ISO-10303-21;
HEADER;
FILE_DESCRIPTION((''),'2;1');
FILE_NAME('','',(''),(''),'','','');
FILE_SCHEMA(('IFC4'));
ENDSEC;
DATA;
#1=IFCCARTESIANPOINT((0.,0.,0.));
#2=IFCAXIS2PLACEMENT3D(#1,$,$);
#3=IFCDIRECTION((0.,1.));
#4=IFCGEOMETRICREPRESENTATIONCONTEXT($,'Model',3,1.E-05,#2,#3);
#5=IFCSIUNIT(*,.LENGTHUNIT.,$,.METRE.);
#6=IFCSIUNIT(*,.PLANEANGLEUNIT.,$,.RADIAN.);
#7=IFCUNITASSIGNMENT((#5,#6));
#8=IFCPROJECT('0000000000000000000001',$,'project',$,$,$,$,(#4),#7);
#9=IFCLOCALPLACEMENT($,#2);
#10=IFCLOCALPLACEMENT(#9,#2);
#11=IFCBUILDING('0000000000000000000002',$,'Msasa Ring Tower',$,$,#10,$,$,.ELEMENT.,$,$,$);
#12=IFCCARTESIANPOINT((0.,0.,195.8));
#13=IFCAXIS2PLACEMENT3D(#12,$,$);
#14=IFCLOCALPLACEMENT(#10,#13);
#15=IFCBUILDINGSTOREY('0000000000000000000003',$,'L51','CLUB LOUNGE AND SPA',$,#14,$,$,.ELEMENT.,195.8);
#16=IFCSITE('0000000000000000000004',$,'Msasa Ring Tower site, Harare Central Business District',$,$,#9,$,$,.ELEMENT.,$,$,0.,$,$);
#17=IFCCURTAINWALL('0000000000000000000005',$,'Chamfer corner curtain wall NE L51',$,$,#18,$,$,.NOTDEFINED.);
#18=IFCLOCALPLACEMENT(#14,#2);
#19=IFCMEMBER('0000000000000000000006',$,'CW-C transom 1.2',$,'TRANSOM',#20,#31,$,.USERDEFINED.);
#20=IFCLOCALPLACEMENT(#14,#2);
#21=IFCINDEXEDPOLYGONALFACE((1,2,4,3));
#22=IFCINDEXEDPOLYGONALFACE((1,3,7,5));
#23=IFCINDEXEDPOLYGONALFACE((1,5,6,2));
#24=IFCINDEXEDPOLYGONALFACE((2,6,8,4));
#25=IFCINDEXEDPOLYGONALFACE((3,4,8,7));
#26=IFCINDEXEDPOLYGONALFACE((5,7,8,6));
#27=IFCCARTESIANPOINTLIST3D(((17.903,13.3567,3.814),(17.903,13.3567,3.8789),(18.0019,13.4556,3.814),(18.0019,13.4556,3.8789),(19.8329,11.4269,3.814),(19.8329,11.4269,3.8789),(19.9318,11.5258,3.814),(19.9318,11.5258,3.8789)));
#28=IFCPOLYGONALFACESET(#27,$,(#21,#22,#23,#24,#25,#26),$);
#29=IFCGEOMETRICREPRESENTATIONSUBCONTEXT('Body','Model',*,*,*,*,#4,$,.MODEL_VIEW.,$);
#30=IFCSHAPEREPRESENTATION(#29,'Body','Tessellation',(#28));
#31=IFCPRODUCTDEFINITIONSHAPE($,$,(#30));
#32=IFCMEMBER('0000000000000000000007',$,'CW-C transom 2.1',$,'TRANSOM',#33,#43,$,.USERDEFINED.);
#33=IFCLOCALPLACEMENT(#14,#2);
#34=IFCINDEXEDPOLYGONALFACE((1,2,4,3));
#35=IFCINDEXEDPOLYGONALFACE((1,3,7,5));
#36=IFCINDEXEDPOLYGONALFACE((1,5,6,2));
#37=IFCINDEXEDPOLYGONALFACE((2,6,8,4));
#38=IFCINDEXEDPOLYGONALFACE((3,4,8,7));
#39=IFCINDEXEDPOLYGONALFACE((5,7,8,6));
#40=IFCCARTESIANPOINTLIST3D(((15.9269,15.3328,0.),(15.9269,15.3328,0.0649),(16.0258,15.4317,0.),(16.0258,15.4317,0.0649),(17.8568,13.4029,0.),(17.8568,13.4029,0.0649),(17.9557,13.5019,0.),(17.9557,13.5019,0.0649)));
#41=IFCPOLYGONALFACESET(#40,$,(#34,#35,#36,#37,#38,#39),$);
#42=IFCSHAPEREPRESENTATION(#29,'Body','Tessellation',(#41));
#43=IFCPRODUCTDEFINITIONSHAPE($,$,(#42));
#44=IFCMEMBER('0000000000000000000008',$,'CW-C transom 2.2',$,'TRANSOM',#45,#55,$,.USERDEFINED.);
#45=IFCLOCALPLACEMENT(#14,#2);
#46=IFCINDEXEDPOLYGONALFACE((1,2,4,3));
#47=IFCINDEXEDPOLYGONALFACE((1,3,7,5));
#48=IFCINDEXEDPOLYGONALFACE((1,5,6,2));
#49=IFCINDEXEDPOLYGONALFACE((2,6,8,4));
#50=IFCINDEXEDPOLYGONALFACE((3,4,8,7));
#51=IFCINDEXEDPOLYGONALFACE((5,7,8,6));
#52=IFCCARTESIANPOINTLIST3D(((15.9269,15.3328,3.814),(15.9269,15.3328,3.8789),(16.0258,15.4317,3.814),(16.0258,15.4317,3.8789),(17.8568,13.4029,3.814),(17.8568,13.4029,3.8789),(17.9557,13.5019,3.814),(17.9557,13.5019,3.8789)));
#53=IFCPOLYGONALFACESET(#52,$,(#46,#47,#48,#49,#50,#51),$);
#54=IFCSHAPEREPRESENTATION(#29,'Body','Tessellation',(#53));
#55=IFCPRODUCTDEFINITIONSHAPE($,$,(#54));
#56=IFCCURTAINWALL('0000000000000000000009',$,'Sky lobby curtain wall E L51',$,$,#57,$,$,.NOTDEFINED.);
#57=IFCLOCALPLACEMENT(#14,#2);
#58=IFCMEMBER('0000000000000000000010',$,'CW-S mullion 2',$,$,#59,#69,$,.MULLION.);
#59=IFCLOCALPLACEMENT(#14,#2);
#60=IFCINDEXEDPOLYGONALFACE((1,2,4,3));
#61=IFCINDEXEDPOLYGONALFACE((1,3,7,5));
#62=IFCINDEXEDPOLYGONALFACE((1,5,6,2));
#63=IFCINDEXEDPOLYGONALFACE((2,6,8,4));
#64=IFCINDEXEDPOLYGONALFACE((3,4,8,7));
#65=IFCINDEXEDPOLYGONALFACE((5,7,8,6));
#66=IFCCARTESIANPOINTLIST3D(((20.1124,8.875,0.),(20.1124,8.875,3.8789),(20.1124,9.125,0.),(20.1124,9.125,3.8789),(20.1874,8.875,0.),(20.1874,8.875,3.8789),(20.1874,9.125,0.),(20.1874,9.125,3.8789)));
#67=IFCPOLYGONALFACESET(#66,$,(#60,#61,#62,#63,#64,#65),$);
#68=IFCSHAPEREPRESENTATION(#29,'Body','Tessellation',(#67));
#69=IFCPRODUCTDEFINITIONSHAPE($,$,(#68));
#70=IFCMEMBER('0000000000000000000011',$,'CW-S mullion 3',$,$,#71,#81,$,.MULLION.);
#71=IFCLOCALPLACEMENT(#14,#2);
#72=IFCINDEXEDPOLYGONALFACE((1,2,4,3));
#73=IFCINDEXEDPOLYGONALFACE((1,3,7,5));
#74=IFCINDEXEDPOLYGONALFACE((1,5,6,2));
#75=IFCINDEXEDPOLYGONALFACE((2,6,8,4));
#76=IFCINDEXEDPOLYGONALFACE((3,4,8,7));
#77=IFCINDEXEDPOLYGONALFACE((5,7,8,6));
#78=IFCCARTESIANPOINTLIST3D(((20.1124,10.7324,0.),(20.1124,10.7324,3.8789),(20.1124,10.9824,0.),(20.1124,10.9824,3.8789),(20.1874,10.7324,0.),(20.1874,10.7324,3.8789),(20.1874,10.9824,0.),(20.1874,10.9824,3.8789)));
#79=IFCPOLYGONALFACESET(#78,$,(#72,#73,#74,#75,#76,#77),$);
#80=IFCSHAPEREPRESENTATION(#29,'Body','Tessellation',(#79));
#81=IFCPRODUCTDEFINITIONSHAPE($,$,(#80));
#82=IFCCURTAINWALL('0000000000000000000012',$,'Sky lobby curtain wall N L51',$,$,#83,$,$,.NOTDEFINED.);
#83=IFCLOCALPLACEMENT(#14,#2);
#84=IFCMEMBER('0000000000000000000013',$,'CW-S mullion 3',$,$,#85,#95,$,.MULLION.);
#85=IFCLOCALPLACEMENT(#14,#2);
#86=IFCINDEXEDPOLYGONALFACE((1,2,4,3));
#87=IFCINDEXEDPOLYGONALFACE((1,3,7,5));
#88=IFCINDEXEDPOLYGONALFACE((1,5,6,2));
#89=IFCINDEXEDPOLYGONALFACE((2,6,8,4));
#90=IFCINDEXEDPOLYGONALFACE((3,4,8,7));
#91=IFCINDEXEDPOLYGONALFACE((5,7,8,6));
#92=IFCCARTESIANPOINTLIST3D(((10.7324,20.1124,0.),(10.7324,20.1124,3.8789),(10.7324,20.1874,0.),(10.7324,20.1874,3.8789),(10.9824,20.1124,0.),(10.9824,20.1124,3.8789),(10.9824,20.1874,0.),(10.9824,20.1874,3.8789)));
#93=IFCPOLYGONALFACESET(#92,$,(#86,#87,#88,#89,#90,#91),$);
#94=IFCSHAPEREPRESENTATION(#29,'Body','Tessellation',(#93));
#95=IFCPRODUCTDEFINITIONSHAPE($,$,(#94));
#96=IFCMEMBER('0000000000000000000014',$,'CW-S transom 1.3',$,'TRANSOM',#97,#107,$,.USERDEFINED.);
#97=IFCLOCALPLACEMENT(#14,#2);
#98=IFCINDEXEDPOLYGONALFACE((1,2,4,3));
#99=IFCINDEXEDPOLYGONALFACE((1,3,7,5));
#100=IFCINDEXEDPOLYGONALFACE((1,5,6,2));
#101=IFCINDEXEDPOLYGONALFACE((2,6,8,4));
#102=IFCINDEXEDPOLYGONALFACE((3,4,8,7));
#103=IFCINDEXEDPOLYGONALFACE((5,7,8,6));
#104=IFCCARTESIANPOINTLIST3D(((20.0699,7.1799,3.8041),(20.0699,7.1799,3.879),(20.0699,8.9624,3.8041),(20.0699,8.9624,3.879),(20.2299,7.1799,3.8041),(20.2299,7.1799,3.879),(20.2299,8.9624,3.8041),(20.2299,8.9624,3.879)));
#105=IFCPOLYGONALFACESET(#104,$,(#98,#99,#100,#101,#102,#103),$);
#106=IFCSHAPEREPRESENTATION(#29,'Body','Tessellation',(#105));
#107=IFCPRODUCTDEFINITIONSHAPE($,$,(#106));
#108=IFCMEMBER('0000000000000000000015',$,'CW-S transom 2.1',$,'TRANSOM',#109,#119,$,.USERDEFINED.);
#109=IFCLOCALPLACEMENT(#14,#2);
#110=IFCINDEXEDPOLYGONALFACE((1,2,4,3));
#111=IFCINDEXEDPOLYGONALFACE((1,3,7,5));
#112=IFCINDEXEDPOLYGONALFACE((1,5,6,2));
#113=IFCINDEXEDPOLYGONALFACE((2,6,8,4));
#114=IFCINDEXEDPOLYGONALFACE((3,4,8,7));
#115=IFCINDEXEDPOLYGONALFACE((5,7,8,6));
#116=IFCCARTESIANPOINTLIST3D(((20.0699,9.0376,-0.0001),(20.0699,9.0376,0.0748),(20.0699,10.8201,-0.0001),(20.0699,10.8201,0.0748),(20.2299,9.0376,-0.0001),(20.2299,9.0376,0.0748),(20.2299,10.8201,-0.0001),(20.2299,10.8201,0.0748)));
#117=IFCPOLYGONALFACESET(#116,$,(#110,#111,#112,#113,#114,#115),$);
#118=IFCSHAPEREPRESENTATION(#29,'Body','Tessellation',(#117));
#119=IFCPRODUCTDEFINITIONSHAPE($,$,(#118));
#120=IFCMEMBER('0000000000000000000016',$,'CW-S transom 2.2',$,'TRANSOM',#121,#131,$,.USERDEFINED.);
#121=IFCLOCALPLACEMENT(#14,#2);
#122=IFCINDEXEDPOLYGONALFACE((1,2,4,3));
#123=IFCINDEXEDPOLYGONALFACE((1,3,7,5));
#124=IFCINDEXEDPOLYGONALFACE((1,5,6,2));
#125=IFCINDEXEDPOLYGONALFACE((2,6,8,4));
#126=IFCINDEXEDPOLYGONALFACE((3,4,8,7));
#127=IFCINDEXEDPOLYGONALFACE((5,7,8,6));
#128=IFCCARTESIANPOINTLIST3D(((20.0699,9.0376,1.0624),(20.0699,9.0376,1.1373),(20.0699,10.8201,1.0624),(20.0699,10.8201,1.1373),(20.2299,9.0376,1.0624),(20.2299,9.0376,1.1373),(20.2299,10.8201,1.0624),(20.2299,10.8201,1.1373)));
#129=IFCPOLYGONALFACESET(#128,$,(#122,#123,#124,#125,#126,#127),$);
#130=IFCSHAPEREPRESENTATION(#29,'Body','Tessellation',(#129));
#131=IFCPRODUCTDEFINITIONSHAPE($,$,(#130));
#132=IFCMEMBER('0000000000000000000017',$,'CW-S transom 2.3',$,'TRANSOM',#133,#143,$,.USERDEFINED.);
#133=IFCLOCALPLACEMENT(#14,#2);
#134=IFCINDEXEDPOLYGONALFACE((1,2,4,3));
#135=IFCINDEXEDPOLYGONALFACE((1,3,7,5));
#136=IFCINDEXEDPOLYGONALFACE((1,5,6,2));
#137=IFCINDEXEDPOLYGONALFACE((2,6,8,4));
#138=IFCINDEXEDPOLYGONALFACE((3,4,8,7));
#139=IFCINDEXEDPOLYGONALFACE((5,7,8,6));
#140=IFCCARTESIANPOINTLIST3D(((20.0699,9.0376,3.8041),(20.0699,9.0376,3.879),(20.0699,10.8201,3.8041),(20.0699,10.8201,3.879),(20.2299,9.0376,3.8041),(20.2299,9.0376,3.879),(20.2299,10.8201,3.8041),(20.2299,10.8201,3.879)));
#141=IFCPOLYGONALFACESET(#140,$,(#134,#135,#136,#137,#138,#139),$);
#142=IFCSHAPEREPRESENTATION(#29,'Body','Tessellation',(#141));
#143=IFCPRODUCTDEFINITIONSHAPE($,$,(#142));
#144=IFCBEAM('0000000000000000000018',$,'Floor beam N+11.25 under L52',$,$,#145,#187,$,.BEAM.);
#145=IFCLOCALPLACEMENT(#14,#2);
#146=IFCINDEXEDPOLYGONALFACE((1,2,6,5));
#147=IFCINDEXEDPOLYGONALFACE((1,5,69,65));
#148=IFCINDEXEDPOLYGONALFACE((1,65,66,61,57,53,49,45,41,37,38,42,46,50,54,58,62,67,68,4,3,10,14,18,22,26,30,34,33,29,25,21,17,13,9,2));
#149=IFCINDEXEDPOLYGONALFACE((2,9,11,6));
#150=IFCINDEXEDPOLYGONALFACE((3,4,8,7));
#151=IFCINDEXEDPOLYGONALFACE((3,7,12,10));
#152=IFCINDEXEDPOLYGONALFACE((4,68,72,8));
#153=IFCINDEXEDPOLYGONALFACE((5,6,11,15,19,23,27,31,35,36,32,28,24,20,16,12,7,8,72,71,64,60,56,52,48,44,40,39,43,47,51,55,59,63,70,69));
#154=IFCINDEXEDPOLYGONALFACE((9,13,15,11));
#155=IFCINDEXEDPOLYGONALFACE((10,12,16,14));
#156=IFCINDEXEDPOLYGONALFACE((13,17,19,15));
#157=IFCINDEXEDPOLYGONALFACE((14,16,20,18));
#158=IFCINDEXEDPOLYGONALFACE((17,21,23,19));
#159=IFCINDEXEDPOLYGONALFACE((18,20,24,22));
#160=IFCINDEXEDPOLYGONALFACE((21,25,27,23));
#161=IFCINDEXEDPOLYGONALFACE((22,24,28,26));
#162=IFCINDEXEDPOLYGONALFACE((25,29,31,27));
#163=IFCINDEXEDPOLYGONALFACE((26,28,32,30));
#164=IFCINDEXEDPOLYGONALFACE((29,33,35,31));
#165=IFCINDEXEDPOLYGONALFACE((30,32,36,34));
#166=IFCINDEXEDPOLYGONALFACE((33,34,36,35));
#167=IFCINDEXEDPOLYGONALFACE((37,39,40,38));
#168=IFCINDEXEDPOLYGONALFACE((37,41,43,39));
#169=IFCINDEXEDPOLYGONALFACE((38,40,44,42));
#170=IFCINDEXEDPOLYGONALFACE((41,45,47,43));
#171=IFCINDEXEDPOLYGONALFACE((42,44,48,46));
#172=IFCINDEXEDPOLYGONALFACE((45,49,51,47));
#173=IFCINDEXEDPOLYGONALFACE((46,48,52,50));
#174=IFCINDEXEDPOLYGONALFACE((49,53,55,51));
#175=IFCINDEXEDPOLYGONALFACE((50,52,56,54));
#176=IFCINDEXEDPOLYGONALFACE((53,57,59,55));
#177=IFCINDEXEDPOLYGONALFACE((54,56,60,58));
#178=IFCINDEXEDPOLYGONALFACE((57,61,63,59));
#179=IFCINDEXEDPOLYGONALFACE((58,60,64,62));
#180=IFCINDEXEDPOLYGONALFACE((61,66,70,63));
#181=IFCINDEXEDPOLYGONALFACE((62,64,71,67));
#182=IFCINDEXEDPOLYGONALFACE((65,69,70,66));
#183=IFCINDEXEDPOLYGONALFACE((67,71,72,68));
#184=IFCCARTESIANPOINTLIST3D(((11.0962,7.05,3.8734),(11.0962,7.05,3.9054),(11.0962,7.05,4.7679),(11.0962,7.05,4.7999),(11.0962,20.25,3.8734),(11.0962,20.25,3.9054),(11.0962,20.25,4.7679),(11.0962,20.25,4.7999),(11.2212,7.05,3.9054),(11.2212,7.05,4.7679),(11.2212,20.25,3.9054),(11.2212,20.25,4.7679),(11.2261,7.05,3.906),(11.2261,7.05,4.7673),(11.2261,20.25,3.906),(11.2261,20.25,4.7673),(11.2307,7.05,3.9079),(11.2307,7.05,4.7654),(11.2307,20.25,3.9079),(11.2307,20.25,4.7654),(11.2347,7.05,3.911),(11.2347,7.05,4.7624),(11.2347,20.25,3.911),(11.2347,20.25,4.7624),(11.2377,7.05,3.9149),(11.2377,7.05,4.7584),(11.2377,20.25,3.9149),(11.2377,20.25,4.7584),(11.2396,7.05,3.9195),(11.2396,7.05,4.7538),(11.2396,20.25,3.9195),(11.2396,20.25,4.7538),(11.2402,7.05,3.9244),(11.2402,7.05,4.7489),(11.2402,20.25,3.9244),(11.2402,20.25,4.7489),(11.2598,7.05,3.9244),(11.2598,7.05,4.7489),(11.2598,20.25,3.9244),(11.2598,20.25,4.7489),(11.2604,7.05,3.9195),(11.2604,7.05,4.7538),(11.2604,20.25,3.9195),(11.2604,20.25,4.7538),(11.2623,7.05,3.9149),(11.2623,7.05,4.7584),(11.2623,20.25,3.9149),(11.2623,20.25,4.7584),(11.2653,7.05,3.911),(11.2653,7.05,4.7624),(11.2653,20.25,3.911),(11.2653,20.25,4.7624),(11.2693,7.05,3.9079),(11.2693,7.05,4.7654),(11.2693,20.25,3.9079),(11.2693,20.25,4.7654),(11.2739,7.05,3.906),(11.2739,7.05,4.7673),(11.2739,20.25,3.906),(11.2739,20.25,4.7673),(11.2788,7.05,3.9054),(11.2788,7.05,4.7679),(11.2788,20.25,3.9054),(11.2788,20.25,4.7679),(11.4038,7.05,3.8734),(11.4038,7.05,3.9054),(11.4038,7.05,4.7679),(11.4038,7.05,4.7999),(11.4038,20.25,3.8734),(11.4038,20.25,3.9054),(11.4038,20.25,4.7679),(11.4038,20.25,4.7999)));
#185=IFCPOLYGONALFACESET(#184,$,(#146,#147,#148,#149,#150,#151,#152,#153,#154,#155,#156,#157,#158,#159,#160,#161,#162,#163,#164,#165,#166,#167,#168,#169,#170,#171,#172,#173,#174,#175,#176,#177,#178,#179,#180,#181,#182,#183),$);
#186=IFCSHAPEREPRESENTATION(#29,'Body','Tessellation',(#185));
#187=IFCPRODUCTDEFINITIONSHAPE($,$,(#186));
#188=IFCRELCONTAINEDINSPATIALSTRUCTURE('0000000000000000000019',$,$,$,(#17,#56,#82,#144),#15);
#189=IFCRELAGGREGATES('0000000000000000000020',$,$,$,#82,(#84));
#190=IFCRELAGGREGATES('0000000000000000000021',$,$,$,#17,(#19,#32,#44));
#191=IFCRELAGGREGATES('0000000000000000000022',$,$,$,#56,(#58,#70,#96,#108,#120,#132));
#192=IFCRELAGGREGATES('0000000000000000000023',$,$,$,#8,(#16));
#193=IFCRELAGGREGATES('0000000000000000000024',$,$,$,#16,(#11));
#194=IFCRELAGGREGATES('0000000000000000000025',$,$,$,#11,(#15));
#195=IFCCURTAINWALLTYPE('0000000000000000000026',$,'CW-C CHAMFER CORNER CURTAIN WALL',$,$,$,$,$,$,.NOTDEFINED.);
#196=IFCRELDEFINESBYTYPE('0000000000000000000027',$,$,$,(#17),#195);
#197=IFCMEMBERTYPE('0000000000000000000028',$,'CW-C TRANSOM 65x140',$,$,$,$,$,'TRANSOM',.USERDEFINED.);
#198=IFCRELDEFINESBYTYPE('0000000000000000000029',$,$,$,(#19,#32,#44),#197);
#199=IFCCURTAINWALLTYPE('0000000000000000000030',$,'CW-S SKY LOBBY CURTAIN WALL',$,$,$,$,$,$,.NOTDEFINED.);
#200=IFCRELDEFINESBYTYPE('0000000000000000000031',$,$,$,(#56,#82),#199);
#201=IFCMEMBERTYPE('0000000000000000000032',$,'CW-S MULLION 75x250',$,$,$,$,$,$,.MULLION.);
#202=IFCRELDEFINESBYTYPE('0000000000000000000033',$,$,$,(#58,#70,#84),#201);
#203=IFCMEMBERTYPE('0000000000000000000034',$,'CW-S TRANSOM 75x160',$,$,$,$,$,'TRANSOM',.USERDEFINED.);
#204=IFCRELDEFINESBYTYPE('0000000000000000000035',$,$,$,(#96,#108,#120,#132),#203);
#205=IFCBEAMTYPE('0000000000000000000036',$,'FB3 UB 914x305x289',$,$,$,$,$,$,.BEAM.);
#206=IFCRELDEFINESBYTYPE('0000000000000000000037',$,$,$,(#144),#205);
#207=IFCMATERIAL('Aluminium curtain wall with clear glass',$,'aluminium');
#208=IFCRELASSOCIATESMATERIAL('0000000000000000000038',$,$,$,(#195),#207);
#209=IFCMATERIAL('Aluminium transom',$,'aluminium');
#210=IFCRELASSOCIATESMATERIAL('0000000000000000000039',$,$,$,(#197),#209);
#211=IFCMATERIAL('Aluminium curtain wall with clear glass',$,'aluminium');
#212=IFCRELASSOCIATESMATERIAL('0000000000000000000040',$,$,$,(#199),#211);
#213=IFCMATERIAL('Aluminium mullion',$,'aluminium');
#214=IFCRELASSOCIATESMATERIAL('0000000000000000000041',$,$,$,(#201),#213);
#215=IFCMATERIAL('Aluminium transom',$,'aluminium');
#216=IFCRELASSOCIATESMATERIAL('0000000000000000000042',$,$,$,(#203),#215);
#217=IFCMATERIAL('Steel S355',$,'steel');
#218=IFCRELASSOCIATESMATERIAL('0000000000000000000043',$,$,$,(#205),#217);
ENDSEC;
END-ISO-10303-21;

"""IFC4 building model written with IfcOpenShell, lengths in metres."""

from ifc_helpers import new_model, si_unit, direction, frame, origin, origin_2d, place, context, subcontext, project, spatial, rectangle, i_section, extrude, material, material_profile, profile_set, type_object, element, aggregate, save


model = new_model("IFC4")

# Units and contexts
model_context = context("Model", 3, precision=1e-05, world=origin(), true_north=direction((0.0, 1.0)))
body_context = subcontext(model_context, "Body", "Model", "MODEL_VIEW")
ifc_project = project(units=[si_unit("LENGTHUNIT", "METRE"), si_unit("PLANEANGLEUNIT", "RADIAN")], contexts=[model_context])

# Site, building, storey
site_placement = place(None, origin())
site = spatial("IfcSite", under=ifc_project, at=site_placement, Name="Msasa Ring Tower site, Harare Central Business District", CompositionType="ELEMENT", RefElevation=0.0)
building_placement = place(site_placement, origin())
building = spatial("IfcBuilding", under=site, at=building_placement, Name="Msasa Ring Tower", CompositionType="ELEMENT")
storey_placement = place(building_placement, frame((0.0, 0.0, 195.8)))
storey = spatial("IfcBuildingStorey", under=building, at=storey_placement, Name="L51", Description="CLUB LOUNGE AND SPA", CompositionType="ELEMENT", Elevation=195.8)

# Curtain wall
ifc_material_1 = material(Name="Aluminium curtain wall with clear glass", Category="aluminium")
curtain_wall_type_1 = type_object("IfcCurtainWallType", Name="CW-C CHAMFER CORNER CURTAIN WALL", PredefinedType="NOTDEFINED", material=ifc_material_1)
curtain_wall_1_placement = place(storey_placement, origin())
curtain_wall_1 = element("IfcCurtainWall", 1, at=curtain_wall_1_placement, inside=storey, type_object=curtain_wall_type_1, Name="Chamfer corner curtain wall NE L51", PredefinedType="NOTDEFINED")

# Members
ifc_material_2 = material(Name="Aluminium transom", Category="aluminium")
ifc_material_profile_1 = material_profile(ifc_material_2, rectangle(XDim=0.1399, YDim=0.0649, at=origin_2d()), Name="AL 65x140")
ifc_profile_set_1 = profile_set([ifc_material_profile_1], Name="Aluminium transom")
member_type_1 = type_object("IfcMemberType", Name="CW-C TRANSOM 65x140", ElementType="TRANSOM", PredefinedType="USERDEFINED", material=ifc_profile_set_1)
member_1_placement = place(storey_placement, frame((19.8823, 11.4763, 3.8464), z_axis=(-0.707107, 0.707107, 0.0), x_axis=(-0.707107, -0.707107, 0.0)))
member_1 = element("IfcMember", 2, at=member_1_placement, type_object=member_type_1, Name="CW-C transom 1.2", ObjectType="TRANSOM", PredefinedType="USERDEFINED", context=body_context, shape_type="SweptSolid", body=[
    extrude(rectangle(XDim=0.1399, YDim=0.0649, at=origin_2d()), origin(), (0.0, 0.0, 1.0), 2.7292),
])
member_2_placement = place(storey_placement, frame((17.9062, 13.4524, 0.0325), z_axis=(-0.707107, 0.707107, 0.0), x_axis=(-0.707107, -0.707107, 0.0)))
member_2 = element("IfcMember", 3, at=member_2_placement, type_object=member_type_1, Name="CW-C transom 2.1", ObjectType="TRANSOM", PredefinedType="USERDEFINED", context=body_context, shape_type="SweptSolid", body=[
    extrude(rectangle(XDim=0.1399, YDim=0.0649, at=origin_2d()), origin(), (0.0, 0.0, 1.0), 2.7292),
])
member_3_placement = place(storey_placement, frame((17.9062, 13.4524, 3.8464), z_axis=(-0.707107, 0.707107, 0.0), x_axis=(-0.707107, -0.707107, 0.0)))
member_3 = element("IfcMember", 4, at=member_3_placement, type_object=member_type_1, Name="CW-C transom 2.2", ObjectType="TRANSOM", PredefinedType="USERDEFINED", context=body_context, shape_type="SweptSolid", body=[
    extrude(rectangle(XDim=0.1399, YDim=0.0649, at=origin_2d()), origin(), (0.0, 0.0, 1.0), 2.7292),
])

# Curtain wall, members
ifc_material_3 = material(Name="Aluminium curtain wall with clear glass", Category="aluminium")
curtain_wall_type_2 = type_object("IfcCurtainWallType", Name="CW-S SKY LOBBY CURTAIN WALL", PredefinedType="NOTDEFINED", material=ifc_material_3)
curtain_wall_2_placement = place(storey_placement, origin())
curtain_wall_2 = element("IfcCurtainWall", 5, at=curtain_wall_2_placement, inside=storey, type_object=curtain_wall_type_2, Name="Sky lobby curtain wall E L51", PredefinedType="NOTDEFINED")
ifc_material_4 = material(Name="Aluminium mullion", Category="aluminium")
ifc_material_profile_2 = material_profile(ifc_material_4, rectangle(XDim=0.075, YDim=0.25, at=origin_2d()), Name="AL 75x250")
ifc_profile_set_2 = profile_set([ifc_material_profile_2], Name="Aluminium mullion")
member_type_2 = type_object("IfcMemberType", Name="CW-S MULLION 75x250", PredefinedType="MULLION", material=ifc_profile_set_2)
member_4_placement = place(storey_placement, frame((20.1499, 9.0, 0.0), z_axis=(0.0, 0.0, 1.0), x_axis=(-1.0, 0.0, 0.0)))
member_4 = element("IfcMember", 6, at=member_4_placement, type_object=member_type_2, Name="CW-S mullion 2", PredefinedType="MULLION", context=body_context, shape_type="SweptSolid", body=[
    extrude(rectangle(XDim=0.075, YDim=0.25, at=origin_2d()), origin(), (0.0, 0.0, 1.0), 3.8789),
])
member_5_placement = place(storey_placement, frame((20.1499, 10.8574, 0.0), z_axis=(0.0, 0.0, 1.0), x_axis=(-1.0, 0.0, 0.0)))
member_5 = element("IfcMember", 7, at=member_5_placement, type_object=member_type_2, Name="CW-S mullion 3", PredefinedType="MULLION", context=body_context, shape_type="SweptSolid", body=[
    extrude(rectangle(XDim=0.075, YDim=0.25, at=origin_2d()), origin(), (0.0, 0.0, 1.0), 3.8789),
])

# Curtain wall, member
curtain_wall_3_placement = place(storey_placement, origin())
curtain_wall_3 = element("IfcCurtainWall", 8, at=curtain_wall_3_placement, inside=storey, type_object=curtain_wall_type_2, Name="Sky lobby curtain wall N L51", PredefinedType="NOTDEFINED")
member_6_placement = place(storey_placement, frame((10.8574, 20.1499, 0.0), z_axis=(0.0, 0.0, 1.0), x_axis=(0.0, 1.0, 0.0)))
member_6 = element("IfcMember", 9, at=member_6_placement, type_object=member_type_2, Name="CW-S mullion 3", PredefinedType="MULLION", context=body_context, shape_type="SweptSolid", body=[
    extrude(rectangle(XDim=0.075, YDim=0.25, at=origin_2d()), origin(), (0.0, 0.0, 1.0), 3.8789),
])
aggregate(curtain_wall_3, [member_6])

# Members
ifc_material_5 = material(Name="Aluminium transom", Category="aluminium")
ifc_material_profile_3 = material_profile(ifc_material_5, rectangle(XDim=0.1599, YDim=0.075, at=origin_2d()), Name="AL 75x160")
ifc_profile_set_3 = profile_set([ifc_material_profile_3], Name="Aluminium transom")
member_type_3 = type_object("IfcMemberType", Name="CW-S TRANSOM 75x160", ElementType="TRANSOM", PredefinedType="USERDEFINED", material=ifc_profile_set_3)
member_7_placement = place(storey_placement, frame((20.1499, 7.1799, 3.8416), z_axis=(0.0, 1.0, 0.0), x_axis=(-1.0, 0.0, 0.0)))
member_7 = element("IfcMember", 10, at=member_7_placement, type_object=member_type_3, Name="CW-S transom 1.3", ObjectType="TRANSOM", PredefinedType="USERDEFINED", context=body_context, shape_type="SweptSolid", body=[
    extrude(rectangle(XDim=0.1599, YDim=0.075, at=origin_2d()), origin(), (0.0, 0.0, 1.0), 1.7825),
])
member_8_placement = place(storey_placement, frame((20.1499, 9.0376, 0.0374), z_axis=(0.0, 1.0, 0.0), x_axis=(-1.0, 0.0, 0.0)))
member_8 = element("IfcMember", 11, at=member_8_placement, type_object=member_type_3, Name="CW-S transom 2.1", ObjectType="TRANSOM", PredefinedType="USERDEFINED", context=body_context, shape_type="SweptSolid", body=[
    extrude(rectangle(XDim=0.1599, YDim=0.075, at=origin_2d()), origin(), (0.0, 0.0, 1.0), 1.7825),
])
member_9_placement = place(storey_placement, frame((20.1499, 9.0376, 1.0999), z_axis=(0.0, 1.0, 0.0), x_axis=(-1.0, 0.0, 0.0)))
member_9 = element("IfcMember", 12, at=member_9_placement, type_object=member_type_3, Name="CW-S transom 2.2", ObjectType="TRANSOM", PredefinedType="USERDEFINED", context=body_context, shape_type="SweptSolid", body=[
    extrude(rectangle(XDim=0.1599, YDim=0.075, at=origin_2d()), origin(), (0.0, 0.0, 1.0), 1.7825),
])
member_10_placement = place(storey_placement, frame((20.1499, 9.0376, 3.8416), z_axis=(0.0, 1.0, 0.0), x_axis=(-1.0, 0.0, 0.0)))
member_10 = element("IfcMember", 13, at=member_10_placement, type_object=member_type_3, Name="CW-S transom 2.3", ObjectType="TRANSOM", PredefinedType="USERDEFINED", context=body_context, shape_type="SweptSolid", body=[
    extrude(rectangle(XDim=0.1599, YDim=0.075, at=origin_2d()), origin(), (0.0, 0.0, 1.0), 1.7825),
])

# Beam
ifc_material_6 = material(Name="Steel S355", Category="steel")
ifc_material_profile_4 = material_profile(ifc_material_6, i_section(OverallWidth=0.3076, OverallDepth=0.9265, WebThickness=0.0195, FlangeThickness=0.032, FilletRadius=0.019, at=origin_2d()), Name="UB 914x305x289")
ifc_profile_set_4 = profile_set([ifc_material_profile_4], Name="Steel S355")
beam_type_1 = type_object("IfcBeamType", Name="FB3 UB 914x305x289", PredefinedType="BEAM", material=ifc_profile_set_4)
beam_1_placement = place(storey_placement, frame((11.25, 20.25, 4.3367), z_axis=(0.0, -1.0, 0.0), x_axis=(1.0, 0.0, 0.0)))
element("IfcBeam", 14, at=beam_1_placement, inside=storey, type_object=beam_type_1, Name="Floor beam N+11.25 under L52", PredefinedType="BEAM", context=body_context, shape_type="SweptSolid", body=[
    extrude(i_section(OverallWidth=0.3076, OverallDepth=0.9265, WebThickness=0.0195, FlangeThickness=0.032, FilletRadius=0.019, at=origin_2d()), origin(), (0.0, 0.0, 1.0), 13.2),
])

aggregate(curtain_wall_1, [member_1, member_2, member_3])
aggregate(curtain_wall_2, [member_4, member_5, member_7, member_8, member_9, member_10])

save(model, "model.ifc")
